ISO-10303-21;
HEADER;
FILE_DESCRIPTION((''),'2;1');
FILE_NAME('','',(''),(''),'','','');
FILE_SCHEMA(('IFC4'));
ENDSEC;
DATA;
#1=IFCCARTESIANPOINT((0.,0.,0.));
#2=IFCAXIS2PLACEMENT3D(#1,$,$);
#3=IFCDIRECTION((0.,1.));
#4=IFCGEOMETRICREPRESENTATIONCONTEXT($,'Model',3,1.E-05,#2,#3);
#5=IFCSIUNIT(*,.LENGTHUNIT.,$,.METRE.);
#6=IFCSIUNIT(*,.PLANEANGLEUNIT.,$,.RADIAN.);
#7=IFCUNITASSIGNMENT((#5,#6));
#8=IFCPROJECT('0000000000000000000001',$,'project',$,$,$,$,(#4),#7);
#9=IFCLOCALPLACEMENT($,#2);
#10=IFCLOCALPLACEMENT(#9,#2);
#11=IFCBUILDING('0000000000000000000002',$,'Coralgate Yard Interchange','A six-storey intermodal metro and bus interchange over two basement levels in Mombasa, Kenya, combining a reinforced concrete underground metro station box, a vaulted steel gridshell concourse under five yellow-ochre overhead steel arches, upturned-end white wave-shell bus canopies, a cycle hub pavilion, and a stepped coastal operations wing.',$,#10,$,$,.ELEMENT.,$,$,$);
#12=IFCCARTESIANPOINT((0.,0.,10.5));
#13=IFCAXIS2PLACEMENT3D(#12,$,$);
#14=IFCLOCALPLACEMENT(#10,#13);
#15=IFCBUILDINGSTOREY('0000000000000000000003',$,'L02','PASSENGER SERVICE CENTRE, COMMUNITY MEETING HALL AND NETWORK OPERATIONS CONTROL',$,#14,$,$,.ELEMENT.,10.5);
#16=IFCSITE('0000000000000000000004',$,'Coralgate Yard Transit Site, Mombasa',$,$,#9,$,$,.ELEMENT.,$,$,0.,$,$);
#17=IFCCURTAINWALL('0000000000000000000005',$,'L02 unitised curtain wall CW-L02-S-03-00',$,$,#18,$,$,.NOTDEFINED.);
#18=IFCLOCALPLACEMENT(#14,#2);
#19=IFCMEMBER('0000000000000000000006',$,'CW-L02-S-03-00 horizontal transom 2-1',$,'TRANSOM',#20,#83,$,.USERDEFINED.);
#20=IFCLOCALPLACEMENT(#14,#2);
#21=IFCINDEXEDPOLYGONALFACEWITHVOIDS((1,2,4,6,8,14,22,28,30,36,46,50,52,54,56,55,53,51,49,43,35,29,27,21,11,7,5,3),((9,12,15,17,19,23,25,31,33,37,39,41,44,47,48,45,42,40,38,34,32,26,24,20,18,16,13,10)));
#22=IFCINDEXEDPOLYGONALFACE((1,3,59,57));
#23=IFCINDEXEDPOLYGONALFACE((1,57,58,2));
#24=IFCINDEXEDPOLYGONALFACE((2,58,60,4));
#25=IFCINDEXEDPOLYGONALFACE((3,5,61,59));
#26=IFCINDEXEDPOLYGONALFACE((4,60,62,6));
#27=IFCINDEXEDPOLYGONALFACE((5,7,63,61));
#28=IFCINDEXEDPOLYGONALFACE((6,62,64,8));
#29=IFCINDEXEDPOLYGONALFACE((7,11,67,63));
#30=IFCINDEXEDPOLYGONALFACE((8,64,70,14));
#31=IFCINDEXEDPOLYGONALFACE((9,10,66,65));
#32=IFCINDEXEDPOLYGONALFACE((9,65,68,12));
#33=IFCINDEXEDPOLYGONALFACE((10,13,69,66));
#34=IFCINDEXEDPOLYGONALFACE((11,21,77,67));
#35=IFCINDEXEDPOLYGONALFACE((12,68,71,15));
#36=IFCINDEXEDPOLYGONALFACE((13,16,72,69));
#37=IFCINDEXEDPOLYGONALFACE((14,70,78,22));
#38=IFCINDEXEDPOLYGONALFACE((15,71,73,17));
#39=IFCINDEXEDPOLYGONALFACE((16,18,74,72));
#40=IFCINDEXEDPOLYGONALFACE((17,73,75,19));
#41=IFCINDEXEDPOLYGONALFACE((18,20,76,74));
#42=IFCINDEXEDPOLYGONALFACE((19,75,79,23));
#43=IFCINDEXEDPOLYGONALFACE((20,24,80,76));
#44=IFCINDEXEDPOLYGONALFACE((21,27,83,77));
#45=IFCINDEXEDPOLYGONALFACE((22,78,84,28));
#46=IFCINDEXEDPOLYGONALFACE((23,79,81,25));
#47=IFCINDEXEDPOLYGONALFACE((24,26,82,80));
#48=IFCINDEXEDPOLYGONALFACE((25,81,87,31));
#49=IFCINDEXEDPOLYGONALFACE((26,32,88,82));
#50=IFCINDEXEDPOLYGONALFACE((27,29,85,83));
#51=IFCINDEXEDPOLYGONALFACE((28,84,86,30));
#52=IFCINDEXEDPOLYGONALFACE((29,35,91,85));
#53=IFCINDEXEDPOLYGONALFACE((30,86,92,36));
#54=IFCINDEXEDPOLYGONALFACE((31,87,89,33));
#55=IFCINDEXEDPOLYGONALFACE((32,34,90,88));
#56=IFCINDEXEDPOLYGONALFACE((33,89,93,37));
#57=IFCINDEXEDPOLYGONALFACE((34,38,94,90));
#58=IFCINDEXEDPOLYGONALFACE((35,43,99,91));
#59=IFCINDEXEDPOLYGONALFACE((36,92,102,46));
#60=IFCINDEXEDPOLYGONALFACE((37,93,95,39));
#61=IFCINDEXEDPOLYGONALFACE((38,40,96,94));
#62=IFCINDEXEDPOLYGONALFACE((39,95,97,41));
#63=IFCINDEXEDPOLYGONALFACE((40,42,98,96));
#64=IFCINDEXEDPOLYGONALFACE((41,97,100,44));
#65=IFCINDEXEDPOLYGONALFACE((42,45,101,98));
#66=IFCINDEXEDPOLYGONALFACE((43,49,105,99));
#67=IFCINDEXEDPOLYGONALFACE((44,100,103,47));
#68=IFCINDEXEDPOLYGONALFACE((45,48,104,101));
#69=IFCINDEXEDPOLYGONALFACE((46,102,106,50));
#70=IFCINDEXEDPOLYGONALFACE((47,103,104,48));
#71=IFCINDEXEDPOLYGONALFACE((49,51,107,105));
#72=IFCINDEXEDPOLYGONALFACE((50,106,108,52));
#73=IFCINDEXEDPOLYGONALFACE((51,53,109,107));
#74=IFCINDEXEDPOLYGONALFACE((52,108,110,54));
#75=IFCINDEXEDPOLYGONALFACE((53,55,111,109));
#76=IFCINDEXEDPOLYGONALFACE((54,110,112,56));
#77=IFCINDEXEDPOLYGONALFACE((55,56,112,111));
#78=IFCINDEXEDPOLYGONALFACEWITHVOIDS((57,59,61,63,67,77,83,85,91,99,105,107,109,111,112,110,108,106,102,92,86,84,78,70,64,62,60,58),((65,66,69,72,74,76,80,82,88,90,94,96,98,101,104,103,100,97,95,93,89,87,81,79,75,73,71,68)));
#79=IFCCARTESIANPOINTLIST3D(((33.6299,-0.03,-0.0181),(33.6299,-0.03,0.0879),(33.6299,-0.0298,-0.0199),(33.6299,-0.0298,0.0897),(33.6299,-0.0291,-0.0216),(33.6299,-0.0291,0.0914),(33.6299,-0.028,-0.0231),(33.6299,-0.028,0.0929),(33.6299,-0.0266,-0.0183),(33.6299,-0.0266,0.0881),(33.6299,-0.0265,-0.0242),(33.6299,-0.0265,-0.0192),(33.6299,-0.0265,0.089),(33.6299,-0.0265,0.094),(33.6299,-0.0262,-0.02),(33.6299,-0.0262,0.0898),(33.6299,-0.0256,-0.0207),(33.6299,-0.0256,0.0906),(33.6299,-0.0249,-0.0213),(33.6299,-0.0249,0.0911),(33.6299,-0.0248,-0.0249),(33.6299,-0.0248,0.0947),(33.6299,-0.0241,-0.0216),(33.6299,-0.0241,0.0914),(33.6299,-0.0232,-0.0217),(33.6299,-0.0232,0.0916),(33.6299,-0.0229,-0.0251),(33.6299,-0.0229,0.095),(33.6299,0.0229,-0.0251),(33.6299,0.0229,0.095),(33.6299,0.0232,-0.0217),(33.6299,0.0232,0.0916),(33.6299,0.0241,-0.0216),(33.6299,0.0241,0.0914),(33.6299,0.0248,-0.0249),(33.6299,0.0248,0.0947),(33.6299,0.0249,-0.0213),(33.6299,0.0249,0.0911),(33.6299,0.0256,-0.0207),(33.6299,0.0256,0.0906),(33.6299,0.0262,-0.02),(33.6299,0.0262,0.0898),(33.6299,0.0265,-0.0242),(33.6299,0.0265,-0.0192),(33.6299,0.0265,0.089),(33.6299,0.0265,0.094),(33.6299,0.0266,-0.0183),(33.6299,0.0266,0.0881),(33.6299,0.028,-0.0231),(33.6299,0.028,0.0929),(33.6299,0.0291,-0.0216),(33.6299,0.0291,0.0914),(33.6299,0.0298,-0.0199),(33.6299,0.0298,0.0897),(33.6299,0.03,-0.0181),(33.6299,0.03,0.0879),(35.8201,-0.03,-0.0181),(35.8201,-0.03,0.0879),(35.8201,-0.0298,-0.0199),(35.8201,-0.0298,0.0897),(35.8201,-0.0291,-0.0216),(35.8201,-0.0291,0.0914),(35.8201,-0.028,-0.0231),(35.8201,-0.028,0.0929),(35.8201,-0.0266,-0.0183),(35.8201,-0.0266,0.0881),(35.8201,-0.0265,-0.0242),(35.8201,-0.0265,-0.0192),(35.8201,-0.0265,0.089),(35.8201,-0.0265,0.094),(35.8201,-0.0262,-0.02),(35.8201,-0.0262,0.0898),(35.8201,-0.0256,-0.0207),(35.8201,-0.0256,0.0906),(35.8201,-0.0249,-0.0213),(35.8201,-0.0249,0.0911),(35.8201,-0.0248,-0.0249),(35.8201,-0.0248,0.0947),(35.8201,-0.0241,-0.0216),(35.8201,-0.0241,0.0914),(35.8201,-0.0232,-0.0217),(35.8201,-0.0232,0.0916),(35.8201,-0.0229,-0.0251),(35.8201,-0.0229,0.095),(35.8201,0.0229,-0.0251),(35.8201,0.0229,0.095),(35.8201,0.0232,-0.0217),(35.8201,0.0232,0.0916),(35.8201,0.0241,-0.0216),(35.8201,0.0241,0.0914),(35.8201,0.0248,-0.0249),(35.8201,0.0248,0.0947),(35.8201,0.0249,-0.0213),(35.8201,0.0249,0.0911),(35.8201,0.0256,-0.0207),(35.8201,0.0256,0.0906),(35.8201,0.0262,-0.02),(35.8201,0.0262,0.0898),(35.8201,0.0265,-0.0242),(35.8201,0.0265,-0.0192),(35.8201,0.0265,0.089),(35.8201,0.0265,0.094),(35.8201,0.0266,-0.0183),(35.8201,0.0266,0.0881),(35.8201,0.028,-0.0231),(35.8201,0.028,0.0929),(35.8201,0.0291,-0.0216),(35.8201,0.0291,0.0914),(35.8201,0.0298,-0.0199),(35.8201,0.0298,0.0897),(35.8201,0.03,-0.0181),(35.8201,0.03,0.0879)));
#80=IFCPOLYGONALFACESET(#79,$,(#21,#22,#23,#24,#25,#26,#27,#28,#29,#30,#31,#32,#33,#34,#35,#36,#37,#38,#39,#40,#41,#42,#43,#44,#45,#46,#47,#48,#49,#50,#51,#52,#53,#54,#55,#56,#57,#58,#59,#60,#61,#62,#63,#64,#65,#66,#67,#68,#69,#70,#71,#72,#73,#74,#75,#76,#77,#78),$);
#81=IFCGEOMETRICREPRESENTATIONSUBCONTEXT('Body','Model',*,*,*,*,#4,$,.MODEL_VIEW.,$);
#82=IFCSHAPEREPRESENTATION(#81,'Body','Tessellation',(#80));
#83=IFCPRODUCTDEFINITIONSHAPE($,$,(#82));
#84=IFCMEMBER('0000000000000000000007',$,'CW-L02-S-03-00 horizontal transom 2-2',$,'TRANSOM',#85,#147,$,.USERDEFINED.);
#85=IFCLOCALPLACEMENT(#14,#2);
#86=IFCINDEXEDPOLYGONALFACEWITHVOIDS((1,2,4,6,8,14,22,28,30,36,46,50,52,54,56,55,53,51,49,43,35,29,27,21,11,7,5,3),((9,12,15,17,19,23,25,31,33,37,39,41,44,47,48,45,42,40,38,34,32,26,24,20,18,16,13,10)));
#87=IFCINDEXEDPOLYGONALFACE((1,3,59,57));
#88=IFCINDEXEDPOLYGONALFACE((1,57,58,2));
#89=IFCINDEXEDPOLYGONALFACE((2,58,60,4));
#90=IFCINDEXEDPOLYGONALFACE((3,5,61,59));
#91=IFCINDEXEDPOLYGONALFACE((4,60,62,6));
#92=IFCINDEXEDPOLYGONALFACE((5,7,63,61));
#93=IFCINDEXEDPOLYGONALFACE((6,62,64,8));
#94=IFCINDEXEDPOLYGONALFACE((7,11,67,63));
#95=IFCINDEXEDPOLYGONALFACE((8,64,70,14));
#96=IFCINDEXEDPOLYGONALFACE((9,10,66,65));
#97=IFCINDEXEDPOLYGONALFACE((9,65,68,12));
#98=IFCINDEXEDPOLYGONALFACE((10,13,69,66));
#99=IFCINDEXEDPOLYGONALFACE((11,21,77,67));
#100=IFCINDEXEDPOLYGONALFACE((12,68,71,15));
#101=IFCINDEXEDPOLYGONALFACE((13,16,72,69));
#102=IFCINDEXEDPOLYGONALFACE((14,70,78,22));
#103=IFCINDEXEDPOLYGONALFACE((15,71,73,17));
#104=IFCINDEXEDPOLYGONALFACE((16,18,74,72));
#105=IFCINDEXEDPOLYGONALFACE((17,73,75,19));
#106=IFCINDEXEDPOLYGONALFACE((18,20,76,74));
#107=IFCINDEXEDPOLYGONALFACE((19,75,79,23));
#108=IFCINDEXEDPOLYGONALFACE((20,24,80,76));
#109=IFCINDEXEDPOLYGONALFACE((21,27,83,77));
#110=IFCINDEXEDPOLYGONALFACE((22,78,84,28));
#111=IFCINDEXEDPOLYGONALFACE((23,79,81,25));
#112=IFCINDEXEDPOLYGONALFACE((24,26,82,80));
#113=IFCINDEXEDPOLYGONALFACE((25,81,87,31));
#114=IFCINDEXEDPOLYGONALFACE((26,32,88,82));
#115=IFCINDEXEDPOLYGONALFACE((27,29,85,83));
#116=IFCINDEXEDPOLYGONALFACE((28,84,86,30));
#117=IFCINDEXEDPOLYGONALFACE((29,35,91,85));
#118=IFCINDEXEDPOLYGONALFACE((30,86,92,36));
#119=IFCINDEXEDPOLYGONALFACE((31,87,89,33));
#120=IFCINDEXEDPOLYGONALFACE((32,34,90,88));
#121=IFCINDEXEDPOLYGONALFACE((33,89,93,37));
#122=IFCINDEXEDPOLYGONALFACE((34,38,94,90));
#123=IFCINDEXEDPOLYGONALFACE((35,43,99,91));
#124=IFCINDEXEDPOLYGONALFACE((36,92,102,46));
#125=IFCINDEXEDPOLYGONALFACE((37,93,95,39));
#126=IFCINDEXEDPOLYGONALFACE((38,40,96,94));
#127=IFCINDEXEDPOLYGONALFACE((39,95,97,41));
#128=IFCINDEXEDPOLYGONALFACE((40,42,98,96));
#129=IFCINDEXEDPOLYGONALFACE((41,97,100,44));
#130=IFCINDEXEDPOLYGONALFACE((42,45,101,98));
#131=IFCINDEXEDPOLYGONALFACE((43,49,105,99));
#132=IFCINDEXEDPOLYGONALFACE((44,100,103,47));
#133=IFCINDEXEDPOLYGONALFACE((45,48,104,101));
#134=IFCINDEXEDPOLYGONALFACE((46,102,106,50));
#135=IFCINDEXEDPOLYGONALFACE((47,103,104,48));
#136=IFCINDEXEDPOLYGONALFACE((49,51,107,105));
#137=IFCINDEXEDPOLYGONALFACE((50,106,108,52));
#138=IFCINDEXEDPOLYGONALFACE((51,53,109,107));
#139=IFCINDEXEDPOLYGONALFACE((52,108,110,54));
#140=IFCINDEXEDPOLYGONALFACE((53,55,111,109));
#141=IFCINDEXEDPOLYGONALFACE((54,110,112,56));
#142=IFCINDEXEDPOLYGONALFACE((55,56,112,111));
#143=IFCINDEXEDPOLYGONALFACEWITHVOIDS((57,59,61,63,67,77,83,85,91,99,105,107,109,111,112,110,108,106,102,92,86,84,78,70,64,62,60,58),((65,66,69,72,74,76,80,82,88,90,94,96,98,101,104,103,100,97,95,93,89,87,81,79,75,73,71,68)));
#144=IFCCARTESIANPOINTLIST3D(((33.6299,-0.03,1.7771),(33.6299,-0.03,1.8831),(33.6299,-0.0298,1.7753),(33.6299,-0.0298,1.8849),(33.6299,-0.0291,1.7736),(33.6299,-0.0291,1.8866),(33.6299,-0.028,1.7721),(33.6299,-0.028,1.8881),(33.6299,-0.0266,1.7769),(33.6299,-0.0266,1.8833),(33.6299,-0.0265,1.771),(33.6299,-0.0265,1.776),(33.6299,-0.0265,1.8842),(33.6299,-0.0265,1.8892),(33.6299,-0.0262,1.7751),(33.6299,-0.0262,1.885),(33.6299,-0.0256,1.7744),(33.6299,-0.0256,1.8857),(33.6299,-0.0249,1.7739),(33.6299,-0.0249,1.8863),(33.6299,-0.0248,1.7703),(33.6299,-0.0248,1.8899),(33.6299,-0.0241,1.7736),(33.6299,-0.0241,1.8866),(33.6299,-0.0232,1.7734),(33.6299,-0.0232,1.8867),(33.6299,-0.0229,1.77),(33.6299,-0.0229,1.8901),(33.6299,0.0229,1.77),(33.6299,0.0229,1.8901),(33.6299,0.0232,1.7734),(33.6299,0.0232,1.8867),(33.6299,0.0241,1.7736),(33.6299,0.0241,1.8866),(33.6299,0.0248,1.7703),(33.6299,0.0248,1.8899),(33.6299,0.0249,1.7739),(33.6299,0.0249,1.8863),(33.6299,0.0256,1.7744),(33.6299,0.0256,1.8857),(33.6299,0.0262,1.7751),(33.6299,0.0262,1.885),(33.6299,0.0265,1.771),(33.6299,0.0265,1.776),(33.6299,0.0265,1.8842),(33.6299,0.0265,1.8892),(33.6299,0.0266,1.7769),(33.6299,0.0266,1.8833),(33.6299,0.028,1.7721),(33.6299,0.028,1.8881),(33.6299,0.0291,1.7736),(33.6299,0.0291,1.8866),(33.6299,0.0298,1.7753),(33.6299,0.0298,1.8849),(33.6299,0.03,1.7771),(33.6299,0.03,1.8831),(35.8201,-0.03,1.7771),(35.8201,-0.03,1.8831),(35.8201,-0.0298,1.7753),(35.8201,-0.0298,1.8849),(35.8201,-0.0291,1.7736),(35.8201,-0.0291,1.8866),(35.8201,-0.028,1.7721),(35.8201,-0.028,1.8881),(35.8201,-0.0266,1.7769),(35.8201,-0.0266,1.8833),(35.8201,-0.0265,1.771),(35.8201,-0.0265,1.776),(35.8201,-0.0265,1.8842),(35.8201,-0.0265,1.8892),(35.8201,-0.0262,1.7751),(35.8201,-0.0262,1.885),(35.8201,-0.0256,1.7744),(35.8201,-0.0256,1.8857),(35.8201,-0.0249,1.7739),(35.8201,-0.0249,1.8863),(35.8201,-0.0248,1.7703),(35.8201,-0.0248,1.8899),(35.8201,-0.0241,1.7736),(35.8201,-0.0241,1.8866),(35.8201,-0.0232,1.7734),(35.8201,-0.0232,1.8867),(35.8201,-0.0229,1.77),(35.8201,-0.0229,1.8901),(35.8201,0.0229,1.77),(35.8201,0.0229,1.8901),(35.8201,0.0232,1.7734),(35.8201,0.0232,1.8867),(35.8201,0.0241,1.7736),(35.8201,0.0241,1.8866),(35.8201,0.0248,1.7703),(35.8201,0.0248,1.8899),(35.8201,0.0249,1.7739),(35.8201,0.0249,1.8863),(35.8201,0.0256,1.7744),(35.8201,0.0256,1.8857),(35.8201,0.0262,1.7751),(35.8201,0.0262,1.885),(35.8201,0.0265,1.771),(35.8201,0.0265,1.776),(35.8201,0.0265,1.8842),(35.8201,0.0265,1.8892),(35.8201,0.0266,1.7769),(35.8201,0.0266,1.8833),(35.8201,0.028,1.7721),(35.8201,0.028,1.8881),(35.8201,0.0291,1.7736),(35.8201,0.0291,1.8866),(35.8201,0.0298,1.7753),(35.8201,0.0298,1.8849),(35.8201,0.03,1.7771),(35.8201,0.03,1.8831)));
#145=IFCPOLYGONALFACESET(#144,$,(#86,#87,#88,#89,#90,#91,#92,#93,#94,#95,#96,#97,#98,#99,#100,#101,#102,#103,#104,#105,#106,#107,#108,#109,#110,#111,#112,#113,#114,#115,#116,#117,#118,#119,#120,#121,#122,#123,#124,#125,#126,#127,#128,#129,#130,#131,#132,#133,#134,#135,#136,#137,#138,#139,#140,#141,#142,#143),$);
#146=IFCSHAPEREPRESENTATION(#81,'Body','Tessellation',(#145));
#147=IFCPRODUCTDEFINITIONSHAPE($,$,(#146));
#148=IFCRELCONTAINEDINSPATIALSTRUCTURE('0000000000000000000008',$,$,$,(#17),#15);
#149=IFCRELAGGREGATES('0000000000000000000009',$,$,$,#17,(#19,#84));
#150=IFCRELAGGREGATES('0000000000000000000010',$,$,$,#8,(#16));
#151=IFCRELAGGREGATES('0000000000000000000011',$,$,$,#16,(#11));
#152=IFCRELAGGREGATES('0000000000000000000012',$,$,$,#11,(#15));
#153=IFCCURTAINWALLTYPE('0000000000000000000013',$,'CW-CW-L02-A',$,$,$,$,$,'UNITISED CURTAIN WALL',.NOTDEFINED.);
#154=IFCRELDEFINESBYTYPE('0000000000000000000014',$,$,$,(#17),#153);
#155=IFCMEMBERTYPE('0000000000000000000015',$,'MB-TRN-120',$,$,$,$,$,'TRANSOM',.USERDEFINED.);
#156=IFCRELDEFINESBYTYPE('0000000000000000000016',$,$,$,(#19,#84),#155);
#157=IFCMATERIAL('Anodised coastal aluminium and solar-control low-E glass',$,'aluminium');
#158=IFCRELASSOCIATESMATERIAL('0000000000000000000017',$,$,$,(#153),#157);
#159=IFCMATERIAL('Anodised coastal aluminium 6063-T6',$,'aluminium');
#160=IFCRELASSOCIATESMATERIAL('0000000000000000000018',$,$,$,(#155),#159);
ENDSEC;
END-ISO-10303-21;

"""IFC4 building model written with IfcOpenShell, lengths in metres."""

from ifc_helpers import new_model, si_unit, direction, frame, origin, origin_2d, place, context, subcontext, project, spatial, hollow_rectangle, extrude, material, material_profile, profile_set, type_object, element, aggregate, save


model = new_model("IFC4")

# Units and contexts
model_context = context("Model", 3, precision=1e-05, world=origin(), true_north=direction((0.0, 1.0)))
body_context = subcontext(model_context, "Body", "Model", "MODEL_VIEW")
ifc_project = project(units=[si_unit("LENGTHUNIT", "METRE"), si_unit("PLANEANGLEUNIT", "RADIAN")], contexts=[model_context])

# Site, building, storey
site_placement = place(None, origin())
site = spatial("IfcSite", under=ifc_project, at=site_placement, Name="Coralgate Yard Transit Site, Mombasa", CompositionType="ELEMENT", RefElevation=0.0)
building_placement = place(site_placement, origin())
building = spatial("IfcBuilding", under=site, at=building_placement, Name="Coralgate Yard Interchange", Description="A six-storey intermodal metro and bus interchange over two basement levels in Mombasa, Kenya, combining a reinforced concrete underground metro station box, a vaulted steel gridshell concourse under five yellow-ochre overhead steel arches, upturned-end white wave-shell bus canopies, a cycle hub pavilion, and a stepped coastal operations wing.", CompositionType="ELEMENT")
storey_placement = place(building_placement, frame((0.0, 0.0, 10.5)))
storey = spatial("IfcBuildingStorey", under=building, at=storey_placement, Name="L02", Description="PASSENGER SERVICE CENTRE, COMMUNITY MEETING HALL AND NETWORK OPERATIONS CONTROL", CompositionType="ELEMENT", Elevation=10.5)

# Curtain wall, members
ifc_material_1 = material(Name="Anodised coastal aluminium and solar-control low-E glass", Category="aluminium")
curtain_wall_type = type_object("IfcCurtainWallType", Name="CW-CW-L02-A", ElementType="UNITISED CURTAIN WALL", PredefinedType="NOTDEFINED", material=ifc_material_1)
curtain_wall_placement = place(storey_placement, origin())
curtain_wall = element("IfcCurtainWall", 1, at=curtain_wall_placement, inside=storey, type_object=curtain_wall_type, Name="L02 unitised curtain wall CW-L02-S-03-00", PredefinedType="NOTDEFINED")
ifc_material_2 = material(Name="Anodised coastal aluminium 6063-T6", Category="aluminium")
ifc_material_profile_1 = material_profile(ifc_material_2, hollow_rectangle(XDim=0.0601, YDim=0.1201, WallThickness=0.0034, InnerFilletRadius=0.0034, OuterFilletRadius=0.0071, at=origin_2d()), Name="ALU 60x120x3.5")
ifc_profile_set_1 = profile_set([ifc_material_profile_1], Name="Anodised coastal aluminium 6063-T6")
member_type_1 = type_object("IfcMemberType", Name="MB-TRN-120", ElementType="TRANSOM", PredefinedType="USERDEFINED", material=ifc_profile_set_1)
member_1_placement = place(storey_placement, frame((35.8201, 0.0, 0.0349), z_axis=(-1.0, 0.0, 0.0), x_axis=(0.0, -1.0, 0.0)))
member_1 = element("IfcMember", 2, at=member_1_placement, type_object=member_type_1, Name="CW-L02-S-03-00 horizontal transom 2-1", ObjectType="TRANSOM", PredefinedType="USERDEFINED", context=body_context, shape_type="SweptSolid", body=[
    extrude(hollow_rectangle(XDim=0.0601, YDim=0.1201, WallThickness=0.0034, InnerFilletRadius=0.0034, OuterFilletRadius=0.0071, at=origin_2d()), origin(), (0.0, 0.0, 1.0), 2.1902),
])
member_2_placement = place(storey_placement, frame((35.8201, 0.0, 1.8301), z_axis=(-1.0, 0.0, 0.0), x_axis=(0.0, -1.0, 0.0)))
member_2 = element("IfcMember", 3, at=member_2_placement, type_object=member_type_1, Name="CW-L02-S-03-00 horizontal transom 2-2", ObjectType="TRANSOM", PredefinedType="USERDEFINED", context=body_context, shape_type="SweptSolid", body=[
    extrude(hollow_rectangle(XDim=0.0601, YDim=0.1201, WallThickness=0.0034, InnerFilletRadius=0.0034, OuterFilletRadius=0.0071, at=origin_2d()), origin(), (0.0, 0.0, 1.0), 2.1902),
])
aggregate(curtain_wall, [member_1, member_2])

save(model, "model.ifc")
